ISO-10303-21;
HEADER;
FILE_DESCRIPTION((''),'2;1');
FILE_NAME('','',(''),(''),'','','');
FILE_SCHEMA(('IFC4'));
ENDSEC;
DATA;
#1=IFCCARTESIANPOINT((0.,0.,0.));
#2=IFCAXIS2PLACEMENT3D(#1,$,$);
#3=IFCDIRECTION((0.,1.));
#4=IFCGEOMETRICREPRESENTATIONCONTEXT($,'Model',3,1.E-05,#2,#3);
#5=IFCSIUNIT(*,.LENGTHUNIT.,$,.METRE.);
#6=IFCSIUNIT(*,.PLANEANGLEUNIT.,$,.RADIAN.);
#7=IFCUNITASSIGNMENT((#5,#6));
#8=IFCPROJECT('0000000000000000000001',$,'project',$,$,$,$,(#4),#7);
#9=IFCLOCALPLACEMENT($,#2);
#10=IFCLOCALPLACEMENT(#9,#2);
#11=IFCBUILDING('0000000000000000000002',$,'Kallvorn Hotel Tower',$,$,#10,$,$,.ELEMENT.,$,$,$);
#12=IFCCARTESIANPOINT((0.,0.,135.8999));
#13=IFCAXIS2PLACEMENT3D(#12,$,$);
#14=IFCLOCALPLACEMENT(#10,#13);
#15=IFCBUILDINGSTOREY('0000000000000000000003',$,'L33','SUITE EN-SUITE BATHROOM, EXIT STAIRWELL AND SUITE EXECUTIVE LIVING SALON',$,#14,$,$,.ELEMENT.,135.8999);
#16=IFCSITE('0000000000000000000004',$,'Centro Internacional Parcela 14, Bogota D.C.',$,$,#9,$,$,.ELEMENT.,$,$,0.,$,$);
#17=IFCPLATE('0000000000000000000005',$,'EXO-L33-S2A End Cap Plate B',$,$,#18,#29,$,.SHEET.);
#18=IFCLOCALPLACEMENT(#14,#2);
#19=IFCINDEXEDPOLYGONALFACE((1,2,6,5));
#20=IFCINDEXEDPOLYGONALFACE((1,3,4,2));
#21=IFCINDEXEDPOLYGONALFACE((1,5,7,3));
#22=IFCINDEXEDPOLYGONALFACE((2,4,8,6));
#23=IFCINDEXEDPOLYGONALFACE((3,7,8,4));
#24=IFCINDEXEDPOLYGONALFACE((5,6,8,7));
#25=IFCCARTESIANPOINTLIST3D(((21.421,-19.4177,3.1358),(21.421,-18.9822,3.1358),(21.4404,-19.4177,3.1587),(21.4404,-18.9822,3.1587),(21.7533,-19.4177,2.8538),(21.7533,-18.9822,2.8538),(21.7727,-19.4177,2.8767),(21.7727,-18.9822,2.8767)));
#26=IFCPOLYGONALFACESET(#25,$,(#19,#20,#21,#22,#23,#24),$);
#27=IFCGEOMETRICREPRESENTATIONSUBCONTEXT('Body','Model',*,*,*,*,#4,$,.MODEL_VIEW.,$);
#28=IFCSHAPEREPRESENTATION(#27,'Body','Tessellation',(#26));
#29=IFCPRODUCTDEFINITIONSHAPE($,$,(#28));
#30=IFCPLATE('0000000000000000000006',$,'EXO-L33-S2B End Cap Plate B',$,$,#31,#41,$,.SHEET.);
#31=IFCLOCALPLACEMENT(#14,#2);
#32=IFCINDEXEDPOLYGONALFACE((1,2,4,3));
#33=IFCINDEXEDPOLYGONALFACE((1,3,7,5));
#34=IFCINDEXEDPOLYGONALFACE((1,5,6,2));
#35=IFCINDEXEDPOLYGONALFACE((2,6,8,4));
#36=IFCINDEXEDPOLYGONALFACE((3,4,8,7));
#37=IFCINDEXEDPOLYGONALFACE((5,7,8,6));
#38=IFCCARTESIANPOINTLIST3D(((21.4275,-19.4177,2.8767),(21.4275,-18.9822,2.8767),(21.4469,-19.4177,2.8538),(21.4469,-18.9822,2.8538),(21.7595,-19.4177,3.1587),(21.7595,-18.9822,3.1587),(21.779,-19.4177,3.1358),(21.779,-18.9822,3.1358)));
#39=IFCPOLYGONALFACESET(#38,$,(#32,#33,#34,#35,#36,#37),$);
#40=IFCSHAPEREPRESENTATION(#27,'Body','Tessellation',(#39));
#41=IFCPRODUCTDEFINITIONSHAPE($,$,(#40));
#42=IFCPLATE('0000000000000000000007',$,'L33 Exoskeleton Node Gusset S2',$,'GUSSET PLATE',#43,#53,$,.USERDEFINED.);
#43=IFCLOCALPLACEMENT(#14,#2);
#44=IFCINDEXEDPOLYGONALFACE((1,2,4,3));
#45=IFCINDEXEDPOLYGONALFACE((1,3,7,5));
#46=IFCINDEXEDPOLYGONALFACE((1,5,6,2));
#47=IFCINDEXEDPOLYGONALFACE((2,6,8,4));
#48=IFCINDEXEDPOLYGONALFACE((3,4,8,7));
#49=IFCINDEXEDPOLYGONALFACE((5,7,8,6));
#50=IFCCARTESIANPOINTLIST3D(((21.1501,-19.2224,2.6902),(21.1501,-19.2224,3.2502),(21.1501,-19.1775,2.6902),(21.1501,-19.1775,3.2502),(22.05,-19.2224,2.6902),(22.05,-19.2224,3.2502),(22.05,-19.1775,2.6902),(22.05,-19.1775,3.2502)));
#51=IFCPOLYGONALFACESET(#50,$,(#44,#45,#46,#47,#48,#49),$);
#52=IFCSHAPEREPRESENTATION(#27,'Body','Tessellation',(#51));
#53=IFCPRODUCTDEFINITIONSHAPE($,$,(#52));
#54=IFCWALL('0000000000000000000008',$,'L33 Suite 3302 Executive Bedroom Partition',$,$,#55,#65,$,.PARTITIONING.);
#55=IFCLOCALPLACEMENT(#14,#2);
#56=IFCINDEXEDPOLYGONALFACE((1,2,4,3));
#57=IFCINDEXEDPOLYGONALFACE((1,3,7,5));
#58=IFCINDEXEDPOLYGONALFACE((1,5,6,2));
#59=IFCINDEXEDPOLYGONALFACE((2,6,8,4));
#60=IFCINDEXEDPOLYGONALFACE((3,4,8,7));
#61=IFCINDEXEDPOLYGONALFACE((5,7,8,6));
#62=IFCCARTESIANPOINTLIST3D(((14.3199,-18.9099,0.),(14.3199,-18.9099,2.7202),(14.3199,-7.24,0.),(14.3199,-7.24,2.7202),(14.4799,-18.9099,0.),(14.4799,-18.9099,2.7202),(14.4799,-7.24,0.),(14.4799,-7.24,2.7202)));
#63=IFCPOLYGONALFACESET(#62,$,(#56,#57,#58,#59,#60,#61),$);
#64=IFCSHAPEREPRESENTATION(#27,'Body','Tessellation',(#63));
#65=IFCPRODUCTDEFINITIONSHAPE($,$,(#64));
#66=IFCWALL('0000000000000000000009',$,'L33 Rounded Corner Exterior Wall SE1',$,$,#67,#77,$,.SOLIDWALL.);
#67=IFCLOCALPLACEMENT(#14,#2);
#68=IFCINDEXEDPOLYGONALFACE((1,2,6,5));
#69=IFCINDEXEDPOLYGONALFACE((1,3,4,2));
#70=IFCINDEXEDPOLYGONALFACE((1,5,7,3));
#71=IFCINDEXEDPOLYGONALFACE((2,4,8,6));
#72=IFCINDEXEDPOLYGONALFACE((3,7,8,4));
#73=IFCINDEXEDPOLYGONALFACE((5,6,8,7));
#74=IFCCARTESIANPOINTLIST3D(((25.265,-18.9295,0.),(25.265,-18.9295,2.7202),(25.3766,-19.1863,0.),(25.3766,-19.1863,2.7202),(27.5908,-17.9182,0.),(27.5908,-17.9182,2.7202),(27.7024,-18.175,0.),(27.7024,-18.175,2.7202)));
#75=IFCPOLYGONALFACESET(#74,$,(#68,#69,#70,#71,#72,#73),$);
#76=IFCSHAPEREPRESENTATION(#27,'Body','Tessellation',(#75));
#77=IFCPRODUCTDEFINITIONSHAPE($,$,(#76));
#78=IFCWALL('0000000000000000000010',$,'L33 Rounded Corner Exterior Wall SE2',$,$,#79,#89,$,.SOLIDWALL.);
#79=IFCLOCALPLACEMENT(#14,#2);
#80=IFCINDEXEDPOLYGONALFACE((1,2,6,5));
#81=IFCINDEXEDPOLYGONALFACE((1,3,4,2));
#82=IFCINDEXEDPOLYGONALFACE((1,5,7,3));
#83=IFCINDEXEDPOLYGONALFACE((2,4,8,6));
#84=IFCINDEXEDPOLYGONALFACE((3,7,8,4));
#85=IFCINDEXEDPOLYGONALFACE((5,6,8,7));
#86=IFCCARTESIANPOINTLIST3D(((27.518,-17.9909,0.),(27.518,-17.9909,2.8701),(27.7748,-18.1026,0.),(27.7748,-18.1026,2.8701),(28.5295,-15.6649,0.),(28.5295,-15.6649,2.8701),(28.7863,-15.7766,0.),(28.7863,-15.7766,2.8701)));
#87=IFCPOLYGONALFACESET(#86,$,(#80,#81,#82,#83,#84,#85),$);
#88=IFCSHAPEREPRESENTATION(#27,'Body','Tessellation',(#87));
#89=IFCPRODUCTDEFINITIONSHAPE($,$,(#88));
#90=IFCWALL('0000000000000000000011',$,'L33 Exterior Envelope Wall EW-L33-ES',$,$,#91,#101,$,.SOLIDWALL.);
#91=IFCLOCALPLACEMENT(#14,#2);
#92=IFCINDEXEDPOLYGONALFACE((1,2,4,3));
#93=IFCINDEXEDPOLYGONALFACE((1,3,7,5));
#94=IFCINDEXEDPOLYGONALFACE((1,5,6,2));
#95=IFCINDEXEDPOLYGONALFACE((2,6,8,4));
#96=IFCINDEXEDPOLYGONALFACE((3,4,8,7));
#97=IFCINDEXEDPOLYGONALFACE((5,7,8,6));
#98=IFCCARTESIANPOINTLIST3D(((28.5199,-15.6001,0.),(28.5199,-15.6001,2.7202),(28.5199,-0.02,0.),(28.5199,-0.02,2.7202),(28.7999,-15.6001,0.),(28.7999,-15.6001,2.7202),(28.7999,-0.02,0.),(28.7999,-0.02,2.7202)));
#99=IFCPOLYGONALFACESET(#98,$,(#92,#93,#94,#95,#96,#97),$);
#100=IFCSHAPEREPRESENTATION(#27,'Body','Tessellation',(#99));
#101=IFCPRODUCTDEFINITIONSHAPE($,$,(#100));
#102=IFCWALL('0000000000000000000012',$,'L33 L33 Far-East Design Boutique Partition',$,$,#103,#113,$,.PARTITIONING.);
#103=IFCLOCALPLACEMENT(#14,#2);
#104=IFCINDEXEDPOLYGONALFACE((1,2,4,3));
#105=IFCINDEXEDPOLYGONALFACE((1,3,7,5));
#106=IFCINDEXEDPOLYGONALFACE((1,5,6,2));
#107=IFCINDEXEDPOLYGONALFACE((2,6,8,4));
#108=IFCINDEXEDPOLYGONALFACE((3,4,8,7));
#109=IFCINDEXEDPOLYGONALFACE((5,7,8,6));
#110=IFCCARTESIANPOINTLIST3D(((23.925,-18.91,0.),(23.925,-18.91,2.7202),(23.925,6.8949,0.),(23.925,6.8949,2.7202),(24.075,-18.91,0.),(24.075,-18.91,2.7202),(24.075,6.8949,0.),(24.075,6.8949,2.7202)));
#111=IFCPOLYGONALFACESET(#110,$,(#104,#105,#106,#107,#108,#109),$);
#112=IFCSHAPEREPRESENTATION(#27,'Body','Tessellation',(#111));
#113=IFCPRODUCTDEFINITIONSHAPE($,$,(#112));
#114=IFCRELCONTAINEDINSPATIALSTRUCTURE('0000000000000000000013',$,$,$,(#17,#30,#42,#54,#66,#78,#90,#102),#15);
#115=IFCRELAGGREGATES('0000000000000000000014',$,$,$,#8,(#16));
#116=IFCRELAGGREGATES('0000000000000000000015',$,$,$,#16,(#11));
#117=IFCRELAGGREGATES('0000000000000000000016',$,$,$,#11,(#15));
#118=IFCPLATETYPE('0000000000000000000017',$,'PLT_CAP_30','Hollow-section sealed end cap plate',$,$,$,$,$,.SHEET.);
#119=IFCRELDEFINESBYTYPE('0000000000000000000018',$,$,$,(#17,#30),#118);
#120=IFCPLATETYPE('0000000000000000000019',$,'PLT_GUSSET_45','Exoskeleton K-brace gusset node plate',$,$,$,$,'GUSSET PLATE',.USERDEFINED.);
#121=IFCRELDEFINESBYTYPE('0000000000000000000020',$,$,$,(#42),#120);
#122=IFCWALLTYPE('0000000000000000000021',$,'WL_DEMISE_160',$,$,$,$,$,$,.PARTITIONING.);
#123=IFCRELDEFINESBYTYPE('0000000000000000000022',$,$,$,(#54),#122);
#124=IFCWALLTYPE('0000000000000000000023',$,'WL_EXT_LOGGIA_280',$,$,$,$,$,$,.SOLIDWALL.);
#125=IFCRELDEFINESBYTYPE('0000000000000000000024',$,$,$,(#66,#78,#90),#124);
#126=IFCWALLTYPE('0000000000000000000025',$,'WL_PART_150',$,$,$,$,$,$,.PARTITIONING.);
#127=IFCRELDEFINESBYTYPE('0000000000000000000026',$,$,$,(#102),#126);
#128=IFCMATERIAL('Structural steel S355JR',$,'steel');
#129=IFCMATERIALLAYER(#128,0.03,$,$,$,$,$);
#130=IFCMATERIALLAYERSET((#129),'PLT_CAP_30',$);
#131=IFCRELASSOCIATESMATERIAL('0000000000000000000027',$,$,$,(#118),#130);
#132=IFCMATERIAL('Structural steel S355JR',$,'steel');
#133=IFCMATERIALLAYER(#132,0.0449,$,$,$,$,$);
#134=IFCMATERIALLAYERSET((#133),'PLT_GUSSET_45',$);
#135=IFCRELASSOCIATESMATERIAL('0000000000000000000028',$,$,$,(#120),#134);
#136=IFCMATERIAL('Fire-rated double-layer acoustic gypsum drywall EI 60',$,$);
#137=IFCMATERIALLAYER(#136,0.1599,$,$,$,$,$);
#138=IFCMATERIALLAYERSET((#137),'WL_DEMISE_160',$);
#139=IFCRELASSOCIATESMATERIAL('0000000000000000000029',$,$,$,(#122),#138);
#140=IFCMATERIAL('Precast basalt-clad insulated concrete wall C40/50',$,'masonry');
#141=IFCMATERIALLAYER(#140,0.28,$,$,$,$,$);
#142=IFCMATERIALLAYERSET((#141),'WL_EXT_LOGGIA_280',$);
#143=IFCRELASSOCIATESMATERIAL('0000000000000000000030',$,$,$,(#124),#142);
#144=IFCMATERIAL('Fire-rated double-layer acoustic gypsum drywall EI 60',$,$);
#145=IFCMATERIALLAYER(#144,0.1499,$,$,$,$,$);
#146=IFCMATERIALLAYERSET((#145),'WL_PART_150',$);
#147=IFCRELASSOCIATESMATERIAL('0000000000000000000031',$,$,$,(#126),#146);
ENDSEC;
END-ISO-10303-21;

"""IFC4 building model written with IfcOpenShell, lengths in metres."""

from ifc_helpers import new_model, si_unit, direction, frame, frame_2d, origin, origin_2d, place, context, subcontext, project, spatial, polyline, rectangle, outline, extrude, material, layer, layer_set, type_object, element, save


model = new_model("IFC4")

# Units and contexts
model_context = context("Model", 3, precision=1e-05, world=origin(), true_north=direction((0.0, 1.0)))
body_context = subcontext(model_context, "Body", "Model", "MODEL_VIEW")
ifc_project = project(units=[si_unit("LENGTHUNIT", "METRE"), si_unit("PLANEANGLEUNIT", "RADIAN")], contexts=[model_context])

# Site, building, storey
site_placement = place(None, origin())
site = spatial("IfcSite", under=ifc_project, at=site_placement, Name="Centro Internacional Parcela 14, Bogota D.C.", CompositionType="ELEMENT", RefElevation=0.0)
building_placement = place(site_placement, origin())
building = spatial("IfcBuilding", under=site, at=building_placement, Name="Kallvorn Hotel Tower", CompositionType="ELEMENT")
storey_placement = place(building_placement, frame((0.0, 0.0, 135.8999)))
storey = spatial("IfcBuildingStorey", under=building, at=storey_placement, Name="L33", Description="SUITE EN-SUITE BATHROOM, EXIT STAIRWELL AND SUITE EXECUTIVE LIVING SALON", CompositionType="ELEMENT", Elevation=135.8999)

# Plates
ifc_material_1 = material(Name="Structural steel S355JR", Category="steel")
ifc_layer_1 = layer(ifc_material_1, 0.03)
ifc_layer_set_1 = layer_set([ifc_layer_1], Name="PLT_CAP_30")
plate_type_1 = type_object("IfcPlateType", Name="PLT_CAP_30", Description="Hollow-section sealed end cap plate", PredefinedType="SHEET", material=ifc_layer_set_1)
plate_1_placement = place(storey_placement, frame((21.7727, -19.4177, 2.8767), z_axis=(0.647047, 0.0, 0.762451), x_axis=(0.0, 1.0, 0.0)))
element("IfcPlate", 1, at=plate_1_placement, inside=storey, type_object=plate_type_1, Name="EXO-L33-S2A End Cap Plate B", PredefinedType="SHEET", context=body_context, shape_type="SweptSolid", body=[
    extrude(outline(polyline([(0.0, 0.0), (0.4355, 0.0), (0.4355, 0.4358), (0.0, 0.4358), (0.0, 0.0)])), origin(), (0.0, 0.0, -1.0), 0.03),
])
plate_2_placement = place(storey_placement, frame((21.4275, -18.9822, 2.8767), z_axis=(-0.647323, 0.0, 0.762216), x_axis=(0.0, -1.0, 0.0)))
element("IfcPlate", 2, at=plate_2_placement, inside=storey, type_object=plate_type_1, Name="EXO-L33-S2B End Cap Plate B", PredefinedType="SHEET", context=body_context, shape_type="SweptSolid", body=[
    extrude(outline(polyline([(0.0, 0.0), (0.4355, 0.0), (0.4355, 0.4356), (0.0, 0.4356), (0.0, 0.0)])), origin(), (0.0, 0.0, -1.0), 0.03),
])
ifc_material_2 = material(Name="Structural steel S355JR", Category="steel")
ifc_layer_2 = layer(ifc_material_2, 0.0449)
ifc_layer_set_2 = layer_set([ifc_layer_2], Name="PLT_GUSSET_45")
plate_type_2 = type_object("IfcPlateType", Name="PLT_GUSSET_45", Description="Exoskeleton K-brace gusset node plate", ElementType="GUSSET PLATE", PredefinedType="USERDEFINED", material=ifc_layer_set_2)
plate_3_placement = place(storey_placement, frame((21.6001, -19.2, 2.6902), z_axis=(0.0, 0.0, 1.0), x_axis=(1.0, 0.0, 0.0)))
element("IfcPlate", 3, at=plate_3_placement, inside=storey, type_object=plate_type_2, Name="L33 Exoskeleton Node Gusset S2", ObjectType="GUSSET PLATE", PredefinedType="USERDEFINED", context=body_context, shape_type="SweptSolid", body=[
    extrude(rectangle(XDim=0.8999, YDim=0.0449, at=origin_2d()), origin(), (0.0, 0.0, 1.0), 0.5601),
])

# Walls
ifc_material_3 = material(Name="Fire-rated double-layer acoustic gypsum drywall EI 60")
ifc_layer_3 = layer(ifc_material_3, 0.1599)
ifc_layer_set_3 = layer_set([ifc_layer_3], Name="WL_DEMISE_160")
wall_type_1 = type_object("IfcWallType", Name="WL_DEMISE_160", PredefinedType="PARTITIONING", material=ifc_layer_set_3)
wall_1_placement = place(storey_placement, frame((14.3999, -18.9099, 0.0), z_axis=(0.0, 0.0, 1.0), x_axis=(0.0, 1.0, 0.0)))
element("IfcWall", 4, at=wall_1_placement, inside=storey, type_object=wall_type_1, Name="L33 Suite 3302 Executive Bedroom Partition", PredefinedType="PARTITIONING", context=body_context, shape_type="SweptSolid", body=[
    extrude(rectangle(XDim=11.6699, YDim=0.1599, at=frame_2d((5.835, 0.0))), origin(), (0.0, 0.0, 1.0), 2.7202),
])
ifc_material_4 = material(Name="Precast basalt-clad insulated concrete wall C40/50", Category="masonry")
ifc_layer_4 = layer(ifc_material_4, 0.28)
ifc_layer_set_4 = layer_set([ifc_layer_4], Name="WL_EXT_LOGGIA_280")
wall_type_2 = type_object("IfcWallType", Name="WL_EXT_LOGGIA_280", PredefinedType="SOLIDWALL", material=ifc_layer_set_4)
wall_2_placement = place(storey_placement, frame((25.3208, -19.0579, 0.0), z_axis=(0.0, 0.0, 1.0), x_axis=(0.917061, 0.398747, 0.0)))
element("IfcWall", 5, at=wall_2_placement, inside=storey, type_object=wall_type_2, Name="L33 Rounded Corner Exterior Wall SE1", PredefinedType="SOLIDWALL", context=body_context, shape_type="SweptSolid", body=[
    extrude(rectangle(XDim=2.5361, YDim=0.28, at=frame_2d((1.2681, 0.0))), origin(), (0.0, 0.0, 1.0), 2.7202),
])
wall_3_placement = place(storey_placement, frame((27.6465, -18.0466, 0.0), z_axis=(0.0, 0.0, 1.0), x_axis=(0.398793, 0.917041, 0.0)))
element("IfcWall", 6, at=wall_3_placement, inside=storey, type_object=wall_type_2, Name="L33 Rounded Corner Exterior Wall SE2", PredefinedType="SOLIDWALL", context=body_context, shape_type="SweptSolid", body=[
    extrude(rectangle(XDim=2.5364, YDim=0.28, at=frame_2d((1.2681, 0.0))), origin(), (0.0, 0.0, 1.0), 2.8701),
])
wall_4_placement = place(storey_placement, frame((28.6599, -15.6001, 0.0), z_axis=(0.0, 0.0, 1.0), x_axis=(0.0, 1.0, 0.0)))
element("IfcWall", 7, at=wall_4_placement, inside=storey, type_object=wall_type_2, Name="L33 Exterior Envelope Wall EW-L33-ES", PredefinedType="SOLIDWALL", context=body_context, shape_type="SweptSolid", body=[
    extrude(rectangle(XDim=15.5801, YDim=0.28, at=frame_2d((7.79, 0.0))), origin(), (0.0, 0.0, 1.0), 2.7202),
])
ifc_material_5 = material(Name="Fire-rated double-layer acoustic gypsum drywall EI 60")
ifc_layer_5 = layer(ifc_material_5, 0.1499)
ifc_layer_set_5 = layer_set([ifc_layer_5], Name="WL_PART_150")
wall_type_3 = type_object("IfcWallType", Name="WL_PART_150", PredefinedType="PARTITIONING", material=ifc_layer_set_5)
wall_5_placement = place(storey_placement, frame((24.0, -18.9099, 0.0), z_axis=(0.0, 0.0, 1.0), x_axis=(0.0, 1.0, 0.0)))
element("IfcWall", 8, at=wall_5_placement, inside=storey, type_object=wall_type_3, Name="L33 L33 Far-East Design Boutique Partition", PredefinedType="PARTITIONING", context=body_context, shape_type="SweptSolid", body=[
    extrude(rectangle(XDim=25.8049, YDim=0.1499, at=frame_2d((12.9023, 0.0))), origin(), (0.0, 0.0, 1.0), 2.7202),
])

save(model, "model.ifc")
